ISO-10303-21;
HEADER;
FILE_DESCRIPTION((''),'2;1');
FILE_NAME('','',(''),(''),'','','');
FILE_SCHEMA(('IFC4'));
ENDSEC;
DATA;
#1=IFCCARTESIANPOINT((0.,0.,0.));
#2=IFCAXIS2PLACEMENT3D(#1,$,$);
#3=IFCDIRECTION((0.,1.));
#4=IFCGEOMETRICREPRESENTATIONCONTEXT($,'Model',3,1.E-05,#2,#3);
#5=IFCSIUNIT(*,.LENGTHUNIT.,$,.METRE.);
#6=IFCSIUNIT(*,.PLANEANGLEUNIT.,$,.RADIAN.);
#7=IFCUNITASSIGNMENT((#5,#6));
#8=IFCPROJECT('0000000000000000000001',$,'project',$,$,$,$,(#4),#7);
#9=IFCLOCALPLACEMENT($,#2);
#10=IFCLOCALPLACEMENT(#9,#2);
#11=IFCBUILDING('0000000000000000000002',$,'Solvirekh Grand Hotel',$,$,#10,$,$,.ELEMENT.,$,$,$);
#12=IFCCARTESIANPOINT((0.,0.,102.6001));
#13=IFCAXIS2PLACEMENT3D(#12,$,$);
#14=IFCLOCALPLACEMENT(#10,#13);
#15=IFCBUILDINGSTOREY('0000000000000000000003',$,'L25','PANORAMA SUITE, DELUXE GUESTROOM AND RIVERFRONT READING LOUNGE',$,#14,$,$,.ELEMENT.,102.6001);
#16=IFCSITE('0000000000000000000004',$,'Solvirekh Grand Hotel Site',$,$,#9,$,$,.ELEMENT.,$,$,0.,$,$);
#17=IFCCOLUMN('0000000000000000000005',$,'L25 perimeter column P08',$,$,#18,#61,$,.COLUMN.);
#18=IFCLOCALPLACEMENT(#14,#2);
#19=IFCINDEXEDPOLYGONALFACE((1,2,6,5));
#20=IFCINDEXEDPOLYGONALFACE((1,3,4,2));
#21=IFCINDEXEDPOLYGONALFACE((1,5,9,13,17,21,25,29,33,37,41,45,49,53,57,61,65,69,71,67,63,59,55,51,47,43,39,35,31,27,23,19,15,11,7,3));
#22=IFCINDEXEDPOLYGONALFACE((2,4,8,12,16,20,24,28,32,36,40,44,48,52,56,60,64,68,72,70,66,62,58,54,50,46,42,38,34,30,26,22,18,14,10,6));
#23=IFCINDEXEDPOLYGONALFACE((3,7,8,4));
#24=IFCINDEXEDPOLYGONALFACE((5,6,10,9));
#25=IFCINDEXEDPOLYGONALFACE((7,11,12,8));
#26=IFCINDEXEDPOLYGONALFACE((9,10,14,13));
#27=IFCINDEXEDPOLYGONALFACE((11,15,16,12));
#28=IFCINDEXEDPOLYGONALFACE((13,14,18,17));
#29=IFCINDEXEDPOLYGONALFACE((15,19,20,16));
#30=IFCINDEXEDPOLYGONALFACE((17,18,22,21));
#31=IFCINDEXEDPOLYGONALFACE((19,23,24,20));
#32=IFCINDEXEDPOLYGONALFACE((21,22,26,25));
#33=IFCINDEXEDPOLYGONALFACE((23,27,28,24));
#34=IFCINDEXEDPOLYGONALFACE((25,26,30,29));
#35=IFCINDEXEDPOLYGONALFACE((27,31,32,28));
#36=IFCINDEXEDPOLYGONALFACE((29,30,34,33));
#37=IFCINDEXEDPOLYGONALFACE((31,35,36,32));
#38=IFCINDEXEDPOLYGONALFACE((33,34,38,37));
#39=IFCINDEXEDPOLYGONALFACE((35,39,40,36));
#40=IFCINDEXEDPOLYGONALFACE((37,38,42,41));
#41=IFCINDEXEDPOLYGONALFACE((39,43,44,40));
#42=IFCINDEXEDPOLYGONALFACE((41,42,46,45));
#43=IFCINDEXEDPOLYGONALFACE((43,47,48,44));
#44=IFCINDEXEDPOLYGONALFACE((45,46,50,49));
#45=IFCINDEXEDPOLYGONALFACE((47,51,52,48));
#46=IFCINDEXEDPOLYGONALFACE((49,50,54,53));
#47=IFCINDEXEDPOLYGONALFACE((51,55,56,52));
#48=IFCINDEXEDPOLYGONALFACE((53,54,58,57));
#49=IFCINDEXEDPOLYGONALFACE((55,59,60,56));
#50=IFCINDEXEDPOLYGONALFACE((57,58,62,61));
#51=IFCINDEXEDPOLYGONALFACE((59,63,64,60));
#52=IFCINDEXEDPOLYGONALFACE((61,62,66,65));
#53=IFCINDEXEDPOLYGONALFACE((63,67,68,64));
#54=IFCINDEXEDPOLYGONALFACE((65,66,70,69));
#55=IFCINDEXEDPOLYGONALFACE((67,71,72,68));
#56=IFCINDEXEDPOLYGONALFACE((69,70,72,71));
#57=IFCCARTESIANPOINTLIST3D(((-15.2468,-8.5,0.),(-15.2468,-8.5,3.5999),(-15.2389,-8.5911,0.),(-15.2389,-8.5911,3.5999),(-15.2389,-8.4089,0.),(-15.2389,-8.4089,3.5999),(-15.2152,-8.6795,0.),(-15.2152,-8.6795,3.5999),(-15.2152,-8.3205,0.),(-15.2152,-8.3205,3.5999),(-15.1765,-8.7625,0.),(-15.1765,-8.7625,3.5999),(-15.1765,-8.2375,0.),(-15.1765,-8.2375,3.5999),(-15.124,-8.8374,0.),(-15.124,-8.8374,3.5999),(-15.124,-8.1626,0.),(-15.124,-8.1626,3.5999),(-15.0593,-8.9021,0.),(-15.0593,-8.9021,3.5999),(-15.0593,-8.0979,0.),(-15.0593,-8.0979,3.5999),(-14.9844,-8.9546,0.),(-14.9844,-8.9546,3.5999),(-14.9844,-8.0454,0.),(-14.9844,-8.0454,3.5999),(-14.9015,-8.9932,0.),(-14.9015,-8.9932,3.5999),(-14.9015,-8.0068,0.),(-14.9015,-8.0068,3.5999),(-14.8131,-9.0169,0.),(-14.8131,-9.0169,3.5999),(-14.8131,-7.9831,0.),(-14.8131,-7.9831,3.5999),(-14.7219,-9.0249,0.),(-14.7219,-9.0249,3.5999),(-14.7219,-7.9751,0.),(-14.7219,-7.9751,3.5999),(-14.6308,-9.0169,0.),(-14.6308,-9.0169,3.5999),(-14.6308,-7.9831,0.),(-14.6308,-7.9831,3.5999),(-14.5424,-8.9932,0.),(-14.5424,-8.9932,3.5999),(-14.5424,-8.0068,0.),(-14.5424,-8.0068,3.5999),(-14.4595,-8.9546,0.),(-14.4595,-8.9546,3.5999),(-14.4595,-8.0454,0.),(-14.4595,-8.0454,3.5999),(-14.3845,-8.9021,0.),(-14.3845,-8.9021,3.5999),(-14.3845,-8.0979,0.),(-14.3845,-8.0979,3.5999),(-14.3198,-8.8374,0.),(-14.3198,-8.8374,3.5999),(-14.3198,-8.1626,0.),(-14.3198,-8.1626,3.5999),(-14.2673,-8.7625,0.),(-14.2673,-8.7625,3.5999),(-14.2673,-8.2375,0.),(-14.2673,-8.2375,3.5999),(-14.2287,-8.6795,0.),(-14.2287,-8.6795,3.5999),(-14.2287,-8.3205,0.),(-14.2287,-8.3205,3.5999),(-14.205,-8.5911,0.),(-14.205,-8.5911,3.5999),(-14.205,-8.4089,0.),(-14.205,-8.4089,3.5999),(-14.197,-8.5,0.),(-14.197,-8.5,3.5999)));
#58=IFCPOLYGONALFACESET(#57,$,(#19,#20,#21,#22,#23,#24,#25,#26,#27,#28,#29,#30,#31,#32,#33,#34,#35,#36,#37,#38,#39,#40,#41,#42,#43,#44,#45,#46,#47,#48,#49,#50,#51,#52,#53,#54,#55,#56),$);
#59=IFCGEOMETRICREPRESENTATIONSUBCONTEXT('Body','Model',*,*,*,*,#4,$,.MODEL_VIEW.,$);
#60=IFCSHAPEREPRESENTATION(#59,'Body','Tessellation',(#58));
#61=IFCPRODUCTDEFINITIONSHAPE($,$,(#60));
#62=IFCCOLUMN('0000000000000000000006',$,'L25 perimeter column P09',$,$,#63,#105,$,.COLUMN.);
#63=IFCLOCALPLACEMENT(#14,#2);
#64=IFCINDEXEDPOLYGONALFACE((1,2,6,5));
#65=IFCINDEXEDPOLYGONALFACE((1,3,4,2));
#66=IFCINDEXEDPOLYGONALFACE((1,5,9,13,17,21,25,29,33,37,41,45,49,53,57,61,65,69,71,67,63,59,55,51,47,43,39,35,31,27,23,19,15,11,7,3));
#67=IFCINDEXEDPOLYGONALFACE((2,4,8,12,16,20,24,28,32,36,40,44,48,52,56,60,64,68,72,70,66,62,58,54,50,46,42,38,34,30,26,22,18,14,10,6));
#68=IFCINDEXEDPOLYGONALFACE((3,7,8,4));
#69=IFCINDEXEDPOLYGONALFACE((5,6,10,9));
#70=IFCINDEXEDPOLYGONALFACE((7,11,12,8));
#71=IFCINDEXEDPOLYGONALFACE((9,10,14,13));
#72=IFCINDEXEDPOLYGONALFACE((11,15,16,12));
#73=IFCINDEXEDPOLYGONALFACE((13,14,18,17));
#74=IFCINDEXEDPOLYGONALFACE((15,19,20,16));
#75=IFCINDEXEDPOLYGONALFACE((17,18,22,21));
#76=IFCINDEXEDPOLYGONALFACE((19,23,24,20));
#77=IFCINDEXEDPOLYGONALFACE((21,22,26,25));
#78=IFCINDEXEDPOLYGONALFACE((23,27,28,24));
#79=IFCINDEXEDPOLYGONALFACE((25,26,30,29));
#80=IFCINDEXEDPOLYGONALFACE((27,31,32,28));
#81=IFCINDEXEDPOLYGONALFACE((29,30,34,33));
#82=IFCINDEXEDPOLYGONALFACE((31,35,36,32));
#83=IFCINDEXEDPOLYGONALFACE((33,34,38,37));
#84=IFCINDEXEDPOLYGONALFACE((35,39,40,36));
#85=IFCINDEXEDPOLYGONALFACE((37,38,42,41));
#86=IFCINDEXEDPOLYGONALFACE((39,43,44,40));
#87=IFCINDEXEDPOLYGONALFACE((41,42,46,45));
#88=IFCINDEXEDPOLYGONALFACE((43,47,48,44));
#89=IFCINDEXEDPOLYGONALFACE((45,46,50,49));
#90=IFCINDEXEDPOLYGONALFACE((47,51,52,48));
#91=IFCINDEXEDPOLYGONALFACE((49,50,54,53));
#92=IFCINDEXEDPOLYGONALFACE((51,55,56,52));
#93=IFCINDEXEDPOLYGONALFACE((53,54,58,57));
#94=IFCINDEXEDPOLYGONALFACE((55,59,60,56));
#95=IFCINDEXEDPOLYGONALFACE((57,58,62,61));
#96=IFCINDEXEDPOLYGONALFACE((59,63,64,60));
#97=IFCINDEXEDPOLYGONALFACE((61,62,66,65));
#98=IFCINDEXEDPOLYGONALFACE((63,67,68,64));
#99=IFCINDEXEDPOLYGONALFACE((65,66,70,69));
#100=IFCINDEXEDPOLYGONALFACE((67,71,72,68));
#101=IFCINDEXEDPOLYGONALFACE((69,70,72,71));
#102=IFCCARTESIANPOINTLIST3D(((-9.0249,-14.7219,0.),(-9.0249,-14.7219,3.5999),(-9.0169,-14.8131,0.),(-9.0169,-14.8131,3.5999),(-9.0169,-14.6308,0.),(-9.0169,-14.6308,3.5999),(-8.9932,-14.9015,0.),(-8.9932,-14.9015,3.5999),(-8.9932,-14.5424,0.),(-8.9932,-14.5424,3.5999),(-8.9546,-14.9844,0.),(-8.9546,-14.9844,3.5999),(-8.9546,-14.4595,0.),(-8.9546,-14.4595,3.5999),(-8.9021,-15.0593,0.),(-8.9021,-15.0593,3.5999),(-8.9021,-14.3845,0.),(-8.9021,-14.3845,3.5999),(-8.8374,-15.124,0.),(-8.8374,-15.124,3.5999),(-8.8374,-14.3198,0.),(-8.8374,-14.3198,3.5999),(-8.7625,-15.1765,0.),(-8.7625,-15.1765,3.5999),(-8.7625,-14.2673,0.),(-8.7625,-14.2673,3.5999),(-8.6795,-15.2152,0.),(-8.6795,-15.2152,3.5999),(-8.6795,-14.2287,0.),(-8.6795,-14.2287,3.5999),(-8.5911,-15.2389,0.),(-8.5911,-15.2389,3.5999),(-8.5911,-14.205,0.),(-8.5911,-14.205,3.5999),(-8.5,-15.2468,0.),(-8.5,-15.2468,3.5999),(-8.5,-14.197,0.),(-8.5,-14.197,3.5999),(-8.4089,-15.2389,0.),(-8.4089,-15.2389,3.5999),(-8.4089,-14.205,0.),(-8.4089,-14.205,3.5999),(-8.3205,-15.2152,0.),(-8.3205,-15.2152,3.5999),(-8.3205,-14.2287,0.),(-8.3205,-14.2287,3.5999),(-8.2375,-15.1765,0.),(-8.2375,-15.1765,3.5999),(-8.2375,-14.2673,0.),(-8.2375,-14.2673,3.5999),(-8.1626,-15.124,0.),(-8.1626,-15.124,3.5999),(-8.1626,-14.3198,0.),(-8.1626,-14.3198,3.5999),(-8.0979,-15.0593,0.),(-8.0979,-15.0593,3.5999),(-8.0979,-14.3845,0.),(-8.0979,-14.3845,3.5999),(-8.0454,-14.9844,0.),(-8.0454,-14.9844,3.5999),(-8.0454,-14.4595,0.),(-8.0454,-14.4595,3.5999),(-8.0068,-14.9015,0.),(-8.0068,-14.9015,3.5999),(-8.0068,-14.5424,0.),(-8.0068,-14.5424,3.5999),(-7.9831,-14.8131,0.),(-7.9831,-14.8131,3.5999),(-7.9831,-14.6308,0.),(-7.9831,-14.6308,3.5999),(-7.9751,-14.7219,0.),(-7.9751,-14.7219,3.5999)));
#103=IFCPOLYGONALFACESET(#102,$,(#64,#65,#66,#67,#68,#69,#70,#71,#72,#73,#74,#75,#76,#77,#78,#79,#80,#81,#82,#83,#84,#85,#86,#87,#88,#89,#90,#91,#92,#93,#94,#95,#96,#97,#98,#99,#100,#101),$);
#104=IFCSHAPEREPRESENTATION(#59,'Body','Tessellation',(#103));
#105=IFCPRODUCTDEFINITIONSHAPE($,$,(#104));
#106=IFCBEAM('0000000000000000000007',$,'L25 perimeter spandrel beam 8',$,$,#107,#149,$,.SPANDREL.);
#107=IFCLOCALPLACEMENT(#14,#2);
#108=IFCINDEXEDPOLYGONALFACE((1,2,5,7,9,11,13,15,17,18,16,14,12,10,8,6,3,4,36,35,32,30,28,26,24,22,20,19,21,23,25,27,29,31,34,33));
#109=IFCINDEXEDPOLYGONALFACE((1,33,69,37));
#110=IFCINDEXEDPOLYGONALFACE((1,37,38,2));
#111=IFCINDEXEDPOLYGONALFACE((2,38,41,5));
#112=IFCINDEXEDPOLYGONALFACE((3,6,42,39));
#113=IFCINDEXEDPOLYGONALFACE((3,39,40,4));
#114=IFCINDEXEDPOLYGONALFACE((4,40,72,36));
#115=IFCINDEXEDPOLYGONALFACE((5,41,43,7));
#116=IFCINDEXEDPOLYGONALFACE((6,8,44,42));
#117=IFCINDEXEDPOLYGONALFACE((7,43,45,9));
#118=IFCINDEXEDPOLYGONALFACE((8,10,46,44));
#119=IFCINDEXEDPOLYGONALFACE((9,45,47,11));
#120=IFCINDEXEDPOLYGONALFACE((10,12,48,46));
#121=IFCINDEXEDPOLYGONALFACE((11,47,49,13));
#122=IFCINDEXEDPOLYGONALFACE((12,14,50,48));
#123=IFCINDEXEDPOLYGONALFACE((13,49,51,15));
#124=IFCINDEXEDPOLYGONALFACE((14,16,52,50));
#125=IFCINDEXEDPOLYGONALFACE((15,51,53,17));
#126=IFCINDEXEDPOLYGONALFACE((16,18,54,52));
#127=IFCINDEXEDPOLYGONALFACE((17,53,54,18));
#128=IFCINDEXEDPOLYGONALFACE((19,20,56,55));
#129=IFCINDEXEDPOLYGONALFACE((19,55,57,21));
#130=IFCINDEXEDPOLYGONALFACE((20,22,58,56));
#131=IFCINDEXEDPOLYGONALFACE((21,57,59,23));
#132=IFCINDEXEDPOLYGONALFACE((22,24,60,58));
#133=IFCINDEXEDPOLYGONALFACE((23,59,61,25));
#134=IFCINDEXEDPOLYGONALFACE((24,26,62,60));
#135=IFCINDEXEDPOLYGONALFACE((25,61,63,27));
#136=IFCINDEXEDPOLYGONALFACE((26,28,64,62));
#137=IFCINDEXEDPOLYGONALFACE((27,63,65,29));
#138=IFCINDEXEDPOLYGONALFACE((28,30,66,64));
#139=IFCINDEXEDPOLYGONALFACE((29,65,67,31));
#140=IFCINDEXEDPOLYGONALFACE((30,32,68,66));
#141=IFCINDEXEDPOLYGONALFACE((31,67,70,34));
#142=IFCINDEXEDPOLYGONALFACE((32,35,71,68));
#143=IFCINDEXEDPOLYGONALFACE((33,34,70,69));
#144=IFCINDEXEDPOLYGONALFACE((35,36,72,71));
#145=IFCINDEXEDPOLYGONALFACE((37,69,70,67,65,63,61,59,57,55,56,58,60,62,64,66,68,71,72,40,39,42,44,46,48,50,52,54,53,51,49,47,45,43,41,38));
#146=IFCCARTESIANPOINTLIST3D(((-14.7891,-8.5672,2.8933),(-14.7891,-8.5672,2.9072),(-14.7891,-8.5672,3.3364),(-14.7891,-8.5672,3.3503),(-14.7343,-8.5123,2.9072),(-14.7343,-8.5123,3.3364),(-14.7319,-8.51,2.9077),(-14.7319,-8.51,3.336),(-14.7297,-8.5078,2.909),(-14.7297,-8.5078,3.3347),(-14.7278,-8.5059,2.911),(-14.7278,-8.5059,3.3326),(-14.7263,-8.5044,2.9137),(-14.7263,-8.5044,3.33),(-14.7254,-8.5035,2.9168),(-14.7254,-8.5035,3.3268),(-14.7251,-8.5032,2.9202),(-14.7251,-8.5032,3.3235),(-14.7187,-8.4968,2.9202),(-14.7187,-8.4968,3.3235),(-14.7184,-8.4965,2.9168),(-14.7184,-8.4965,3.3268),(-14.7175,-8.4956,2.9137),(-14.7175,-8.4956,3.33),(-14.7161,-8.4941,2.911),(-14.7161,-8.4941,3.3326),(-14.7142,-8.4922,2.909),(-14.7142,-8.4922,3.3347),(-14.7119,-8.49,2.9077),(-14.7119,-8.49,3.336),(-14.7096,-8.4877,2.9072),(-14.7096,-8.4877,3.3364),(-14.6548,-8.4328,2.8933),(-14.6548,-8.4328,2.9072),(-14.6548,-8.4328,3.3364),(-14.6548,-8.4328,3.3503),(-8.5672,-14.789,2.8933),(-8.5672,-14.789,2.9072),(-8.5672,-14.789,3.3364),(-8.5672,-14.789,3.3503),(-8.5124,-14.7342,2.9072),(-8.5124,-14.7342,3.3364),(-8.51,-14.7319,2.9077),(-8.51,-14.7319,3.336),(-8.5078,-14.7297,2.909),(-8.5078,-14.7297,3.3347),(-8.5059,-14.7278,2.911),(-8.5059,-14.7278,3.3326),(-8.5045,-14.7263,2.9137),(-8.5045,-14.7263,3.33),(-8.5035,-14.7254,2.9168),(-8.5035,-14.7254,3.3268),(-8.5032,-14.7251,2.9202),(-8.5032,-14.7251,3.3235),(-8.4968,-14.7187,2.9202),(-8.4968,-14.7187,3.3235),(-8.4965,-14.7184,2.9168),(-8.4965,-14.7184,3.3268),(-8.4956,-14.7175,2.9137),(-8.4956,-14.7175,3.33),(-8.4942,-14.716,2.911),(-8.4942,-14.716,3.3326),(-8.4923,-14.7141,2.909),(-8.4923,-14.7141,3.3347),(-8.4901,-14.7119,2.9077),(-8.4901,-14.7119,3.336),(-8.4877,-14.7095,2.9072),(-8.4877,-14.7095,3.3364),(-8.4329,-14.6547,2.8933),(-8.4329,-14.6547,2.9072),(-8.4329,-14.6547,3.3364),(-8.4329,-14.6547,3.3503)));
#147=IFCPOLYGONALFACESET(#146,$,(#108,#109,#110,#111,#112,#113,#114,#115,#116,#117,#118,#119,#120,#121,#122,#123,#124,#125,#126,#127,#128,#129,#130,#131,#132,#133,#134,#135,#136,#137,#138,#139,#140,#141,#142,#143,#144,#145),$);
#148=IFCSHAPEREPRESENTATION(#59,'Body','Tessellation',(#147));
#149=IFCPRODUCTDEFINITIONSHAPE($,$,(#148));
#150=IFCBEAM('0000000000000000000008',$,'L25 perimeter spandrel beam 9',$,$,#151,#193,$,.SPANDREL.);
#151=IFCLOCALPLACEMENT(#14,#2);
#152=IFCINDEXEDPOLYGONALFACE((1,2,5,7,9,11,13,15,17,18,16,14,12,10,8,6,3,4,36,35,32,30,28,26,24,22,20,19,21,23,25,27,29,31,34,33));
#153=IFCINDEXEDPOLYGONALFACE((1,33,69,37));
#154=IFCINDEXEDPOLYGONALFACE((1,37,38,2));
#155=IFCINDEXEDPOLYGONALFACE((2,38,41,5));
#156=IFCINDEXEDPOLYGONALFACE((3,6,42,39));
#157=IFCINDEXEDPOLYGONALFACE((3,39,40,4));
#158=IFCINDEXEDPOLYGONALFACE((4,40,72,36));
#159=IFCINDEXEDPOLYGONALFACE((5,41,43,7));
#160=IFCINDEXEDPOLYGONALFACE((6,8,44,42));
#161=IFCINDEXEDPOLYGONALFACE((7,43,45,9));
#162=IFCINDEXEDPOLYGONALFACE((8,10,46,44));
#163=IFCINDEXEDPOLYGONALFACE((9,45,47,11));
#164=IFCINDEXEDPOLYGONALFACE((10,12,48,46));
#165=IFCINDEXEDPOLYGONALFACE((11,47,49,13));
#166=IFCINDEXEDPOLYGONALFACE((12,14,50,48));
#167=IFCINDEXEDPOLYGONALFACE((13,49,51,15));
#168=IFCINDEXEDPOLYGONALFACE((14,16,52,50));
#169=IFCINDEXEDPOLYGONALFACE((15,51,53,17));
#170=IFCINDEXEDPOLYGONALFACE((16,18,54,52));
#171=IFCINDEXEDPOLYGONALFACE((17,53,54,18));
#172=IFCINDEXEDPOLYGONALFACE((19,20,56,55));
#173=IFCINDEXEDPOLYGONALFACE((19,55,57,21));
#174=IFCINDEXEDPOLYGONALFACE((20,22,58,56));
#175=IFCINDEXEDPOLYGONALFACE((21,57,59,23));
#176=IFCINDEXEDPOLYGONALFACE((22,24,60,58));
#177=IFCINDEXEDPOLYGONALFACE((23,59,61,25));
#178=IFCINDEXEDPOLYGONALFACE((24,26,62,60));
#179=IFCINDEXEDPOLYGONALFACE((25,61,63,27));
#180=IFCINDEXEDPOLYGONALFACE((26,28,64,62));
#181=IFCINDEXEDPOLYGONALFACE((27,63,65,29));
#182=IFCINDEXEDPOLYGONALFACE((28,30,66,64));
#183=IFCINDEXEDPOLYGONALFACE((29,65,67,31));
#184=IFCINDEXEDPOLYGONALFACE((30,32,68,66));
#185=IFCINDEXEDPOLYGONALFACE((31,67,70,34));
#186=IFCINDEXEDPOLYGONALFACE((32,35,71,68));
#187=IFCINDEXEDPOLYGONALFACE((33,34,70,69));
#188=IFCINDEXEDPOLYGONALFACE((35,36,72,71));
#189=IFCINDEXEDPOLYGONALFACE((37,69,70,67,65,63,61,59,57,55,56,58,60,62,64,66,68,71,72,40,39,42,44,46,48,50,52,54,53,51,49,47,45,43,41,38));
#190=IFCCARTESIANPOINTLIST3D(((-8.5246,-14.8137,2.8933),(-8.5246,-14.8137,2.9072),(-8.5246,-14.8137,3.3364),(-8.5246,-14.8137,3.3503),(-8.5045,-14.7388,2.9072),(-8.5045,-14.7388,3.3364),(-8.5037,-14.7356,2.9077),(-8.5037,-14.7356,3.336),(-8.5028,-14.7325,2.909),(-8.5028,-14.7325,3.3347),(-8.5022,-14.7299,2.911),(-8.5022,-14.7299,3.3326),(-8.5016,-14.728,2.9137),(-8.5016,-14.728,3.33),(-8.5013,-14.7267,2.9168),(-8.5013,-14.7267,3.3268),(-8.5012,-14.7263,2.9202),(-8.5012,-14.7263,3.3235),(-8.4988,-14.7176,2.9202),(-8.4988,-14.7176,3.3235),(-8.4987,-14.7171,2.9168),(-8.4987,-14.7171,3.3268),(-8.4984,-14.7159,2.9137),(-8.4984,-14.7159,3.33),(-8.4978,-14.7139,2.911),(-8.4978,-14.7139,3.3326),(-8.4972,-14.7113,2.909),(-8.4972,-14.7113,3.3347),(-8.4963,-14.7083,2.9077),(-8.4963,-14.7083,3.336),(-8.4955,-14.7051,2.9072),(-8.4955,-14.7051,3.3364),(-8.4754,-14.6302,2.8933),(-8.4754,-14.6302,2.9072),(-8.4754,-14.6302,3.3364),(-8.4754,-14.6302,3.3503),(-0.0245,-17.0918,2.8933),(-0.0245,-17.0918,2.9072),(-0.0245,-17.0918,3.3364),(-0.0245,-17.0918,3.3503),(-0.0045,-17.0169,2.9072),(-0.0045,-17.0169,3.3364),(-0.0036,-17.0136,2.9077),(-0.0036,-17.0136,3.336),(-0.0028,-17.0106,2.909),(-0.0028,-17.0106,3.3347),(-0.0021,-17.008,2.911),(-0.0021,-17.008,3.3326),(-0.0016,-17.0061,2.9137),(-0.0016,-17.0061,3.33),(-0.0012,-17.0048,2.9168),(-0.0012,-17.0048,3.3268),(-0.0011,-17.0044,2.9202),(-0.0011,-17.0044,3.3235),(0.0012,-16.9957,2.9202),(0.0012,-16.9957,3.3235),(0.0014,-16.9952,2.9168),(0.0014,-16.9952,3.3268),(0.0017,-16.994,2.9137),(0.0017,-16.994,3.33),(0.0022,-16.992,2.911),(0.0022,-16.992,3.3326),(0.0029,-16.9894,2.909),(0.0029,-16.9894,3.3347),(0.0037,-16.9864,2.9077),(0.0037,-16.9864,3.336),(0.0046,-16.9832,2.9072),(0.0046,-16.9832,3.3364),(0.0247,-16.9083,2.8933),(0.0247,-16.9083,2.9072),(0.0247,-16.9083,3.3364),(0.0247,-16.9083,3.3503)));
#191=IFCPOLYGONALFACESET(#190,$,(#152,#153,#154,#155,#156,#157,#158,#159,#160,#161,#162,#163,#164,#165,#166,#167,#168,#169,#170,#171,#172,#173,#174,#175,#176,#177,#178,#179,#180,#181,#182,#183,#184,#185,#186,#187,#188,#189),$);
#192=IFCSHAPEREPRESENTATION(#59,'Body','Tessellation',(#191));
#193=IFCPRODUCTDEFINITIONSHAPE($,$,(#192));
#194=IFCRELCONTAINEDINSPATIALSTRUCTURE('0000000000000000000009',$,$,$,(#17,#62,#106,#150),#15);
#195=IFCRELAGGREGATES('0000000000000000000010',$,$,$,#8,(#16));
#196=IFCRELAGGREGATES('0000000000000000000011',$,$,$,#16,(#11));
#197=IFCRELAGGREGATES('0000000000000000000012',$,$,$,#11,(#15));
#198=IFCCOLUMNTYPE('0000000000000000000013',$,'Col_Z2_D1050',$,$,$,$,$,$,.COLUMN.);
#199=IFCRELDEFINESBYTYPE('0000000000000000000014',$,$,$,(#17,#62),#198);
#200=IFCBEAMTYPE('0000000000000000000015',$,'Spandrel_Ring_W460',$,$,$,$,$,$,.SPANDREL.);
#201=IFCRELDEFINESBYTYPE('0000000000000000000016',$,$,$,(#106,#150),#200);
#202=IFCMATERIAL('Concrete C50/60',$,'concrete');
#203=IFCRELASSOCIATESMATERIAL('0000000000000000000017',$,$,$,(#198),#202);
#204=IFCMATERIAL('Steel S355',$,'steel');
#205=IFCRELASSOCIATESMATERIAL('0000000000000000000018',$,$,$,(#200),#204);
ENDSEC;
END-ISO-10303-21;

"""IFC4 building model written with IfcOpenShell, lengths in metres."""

from ifc_helpers import new_model, si_unit, direction, frame, origin, origin_2d, place, context, subcontext, project, spatial, circle, i_section, extrude, material, material_profile, profile_set, type_object, element, save


model = new_model("IFC4")

# Units and contexts
model_context = context("Model", 3, precision=1e-05, world=origin(), true_north=direction((0.0, 1.0)))
body_context = subcontext(model_context, "Body", "Model", "MODEL_VIEW")
ifc_project = project(units=[si_unit("LENGTHUNIT", "METRE"), si_unit("PLANEANGLEUNIT", "RADIAN")], contexts=[model_context])

# Site, building, storey
site_placement = place(None, origin())
site = spatial("IfcSite", under=ifc_project, at=site_placement, Name="Solvirekh Grand Hotel Site", CompositionType="ELEMENT", RefElevation=0.0)
building_placement = place(site_placement, origin())
building = spatial("IfcBuilding", under=site, at=building_placement, Name="Solvirekh Grand Hotel", CompositionType="ELEMENT")
storey_placement = place(building_placement, frame((0.0, 0.0, 102.6001)))
storey = spatial("IfcBuildingStorey", under=building, at=storey_placement, Name="L25", Description="PANORAMA SUITE, DELUXE GUESTROOM AND RIVERFRONT READING LOUNGE", CompositionType="ELEMENT", Elevation=102.6001)

# Columns
ifc_material_1 = material(Name="Concrete C50/60", Category="concrete")
ifc_material_profile_1 = material_profile(ifc_material_1, circle(Radius=0.5249, at=origin_2d()), Name="RC CIRC D1050")
ifc_profile_set_1 = profile_set([ifc_material_profile_1], Name="Concrete C50/60")
column_type = type_object("IfcColumnType", Name="Col_Z2_D1050", PredefinedType="COLUMN", material=ifc_profile_set_1)
for number, where, z_axis, x_axis, name in (
    (1, (-14.7219, -8.5, 0.0), (0.0, 0.0, 1.0), (1.0, 0.0, 0.0), "L25 perimeter column P08"),
    (2, (-8.5, -14.7219, 0.0), (0.0, 0.0, 1.0), (1.0, 0.0, 0.0), "L25 perimeter column P09"),
):
    element("IfcColumn", number, at=place(storey_placement, frame(where, z_axis=z_axis, x_axis=x_axis)), inside=storey, type_object=column_type, Name=name, PredefinedType="COLUMN", context=body_context, shape_type="SweptSolid", body=[
        extrude(circle(Radius=0.5249, at=origin_2d()), origin(), (0.0, 0.0, 1.0), 3.5999),
    ])

# Beams
ifc_material_2 = material(Name="Steel S355", Category="steel")
ifc_material_profile_2 = material_profile(ifc_material_2, i_section(OverallWidth=0.1899, OverallDepth=0.457, WebThickness=0.009, FlangeThickness=0.0139, FilletRadius=0.0129, at=origin_2d()), Name="W460X74")
ifc_profile_set_2 = profile_set([ifc_material_profile_2], Name="Steel S355")
beam_type = type_object("IfcBeamType", Name="Spandrel_Ring_W460", PredefinedType="SPANDREL", material=ifc_profile_set_2)
beam_1_placement = place(storey_placement, frame((-14.7219, -8.5, 3.1218), z_axis=(0.707107, -0.707107, 0.0), x_axis=(0.707107, 0.707107, 0.0)))
element("IfcBeam", 3, at=beam_1_placement, inside=storey, type_object=beam_type, Name="L25 perimeter spandrel beam 8", PredefinedType="SPANDREL", context=body_context, shape_type="SweptSolid", body=[
    extrude(i_section(OverallWidth=0.1899, OverallDepth=0.457, WebThickness=0.009, FlangeThickness=0.0139, FilletRadius=0.0129, at=origin_2d()), origin(), (0.0, 0.0, 1.0), 8.7991),
])
beam_2_placement = place(storey_placement, frame((-8.5, -14.7219, 3.1218), z_axis=(0.965911, -0.258873, 0.0), x_axis=(0.258873, 0.965911, 0.0)))
element("IfcBeam", 4, at=beam_2_placement, inside=storey, type_object=beam_type, Name="L25 perimeter spandrel beam 9", PredefinedType="SPANDREL", context=body_context, shape_type="SweptSolid", body=[
    extrude(i_section(OverallWidth=0.1899, OverallDepth=0.457, WebThickness=0.009, FlangeThickness=0.0139, FilletRadius=0.0129, at=origin_2d()), origin(), (0.0, 0.0, 1.0), 8.8),
])

save(model, "model.ifc")
